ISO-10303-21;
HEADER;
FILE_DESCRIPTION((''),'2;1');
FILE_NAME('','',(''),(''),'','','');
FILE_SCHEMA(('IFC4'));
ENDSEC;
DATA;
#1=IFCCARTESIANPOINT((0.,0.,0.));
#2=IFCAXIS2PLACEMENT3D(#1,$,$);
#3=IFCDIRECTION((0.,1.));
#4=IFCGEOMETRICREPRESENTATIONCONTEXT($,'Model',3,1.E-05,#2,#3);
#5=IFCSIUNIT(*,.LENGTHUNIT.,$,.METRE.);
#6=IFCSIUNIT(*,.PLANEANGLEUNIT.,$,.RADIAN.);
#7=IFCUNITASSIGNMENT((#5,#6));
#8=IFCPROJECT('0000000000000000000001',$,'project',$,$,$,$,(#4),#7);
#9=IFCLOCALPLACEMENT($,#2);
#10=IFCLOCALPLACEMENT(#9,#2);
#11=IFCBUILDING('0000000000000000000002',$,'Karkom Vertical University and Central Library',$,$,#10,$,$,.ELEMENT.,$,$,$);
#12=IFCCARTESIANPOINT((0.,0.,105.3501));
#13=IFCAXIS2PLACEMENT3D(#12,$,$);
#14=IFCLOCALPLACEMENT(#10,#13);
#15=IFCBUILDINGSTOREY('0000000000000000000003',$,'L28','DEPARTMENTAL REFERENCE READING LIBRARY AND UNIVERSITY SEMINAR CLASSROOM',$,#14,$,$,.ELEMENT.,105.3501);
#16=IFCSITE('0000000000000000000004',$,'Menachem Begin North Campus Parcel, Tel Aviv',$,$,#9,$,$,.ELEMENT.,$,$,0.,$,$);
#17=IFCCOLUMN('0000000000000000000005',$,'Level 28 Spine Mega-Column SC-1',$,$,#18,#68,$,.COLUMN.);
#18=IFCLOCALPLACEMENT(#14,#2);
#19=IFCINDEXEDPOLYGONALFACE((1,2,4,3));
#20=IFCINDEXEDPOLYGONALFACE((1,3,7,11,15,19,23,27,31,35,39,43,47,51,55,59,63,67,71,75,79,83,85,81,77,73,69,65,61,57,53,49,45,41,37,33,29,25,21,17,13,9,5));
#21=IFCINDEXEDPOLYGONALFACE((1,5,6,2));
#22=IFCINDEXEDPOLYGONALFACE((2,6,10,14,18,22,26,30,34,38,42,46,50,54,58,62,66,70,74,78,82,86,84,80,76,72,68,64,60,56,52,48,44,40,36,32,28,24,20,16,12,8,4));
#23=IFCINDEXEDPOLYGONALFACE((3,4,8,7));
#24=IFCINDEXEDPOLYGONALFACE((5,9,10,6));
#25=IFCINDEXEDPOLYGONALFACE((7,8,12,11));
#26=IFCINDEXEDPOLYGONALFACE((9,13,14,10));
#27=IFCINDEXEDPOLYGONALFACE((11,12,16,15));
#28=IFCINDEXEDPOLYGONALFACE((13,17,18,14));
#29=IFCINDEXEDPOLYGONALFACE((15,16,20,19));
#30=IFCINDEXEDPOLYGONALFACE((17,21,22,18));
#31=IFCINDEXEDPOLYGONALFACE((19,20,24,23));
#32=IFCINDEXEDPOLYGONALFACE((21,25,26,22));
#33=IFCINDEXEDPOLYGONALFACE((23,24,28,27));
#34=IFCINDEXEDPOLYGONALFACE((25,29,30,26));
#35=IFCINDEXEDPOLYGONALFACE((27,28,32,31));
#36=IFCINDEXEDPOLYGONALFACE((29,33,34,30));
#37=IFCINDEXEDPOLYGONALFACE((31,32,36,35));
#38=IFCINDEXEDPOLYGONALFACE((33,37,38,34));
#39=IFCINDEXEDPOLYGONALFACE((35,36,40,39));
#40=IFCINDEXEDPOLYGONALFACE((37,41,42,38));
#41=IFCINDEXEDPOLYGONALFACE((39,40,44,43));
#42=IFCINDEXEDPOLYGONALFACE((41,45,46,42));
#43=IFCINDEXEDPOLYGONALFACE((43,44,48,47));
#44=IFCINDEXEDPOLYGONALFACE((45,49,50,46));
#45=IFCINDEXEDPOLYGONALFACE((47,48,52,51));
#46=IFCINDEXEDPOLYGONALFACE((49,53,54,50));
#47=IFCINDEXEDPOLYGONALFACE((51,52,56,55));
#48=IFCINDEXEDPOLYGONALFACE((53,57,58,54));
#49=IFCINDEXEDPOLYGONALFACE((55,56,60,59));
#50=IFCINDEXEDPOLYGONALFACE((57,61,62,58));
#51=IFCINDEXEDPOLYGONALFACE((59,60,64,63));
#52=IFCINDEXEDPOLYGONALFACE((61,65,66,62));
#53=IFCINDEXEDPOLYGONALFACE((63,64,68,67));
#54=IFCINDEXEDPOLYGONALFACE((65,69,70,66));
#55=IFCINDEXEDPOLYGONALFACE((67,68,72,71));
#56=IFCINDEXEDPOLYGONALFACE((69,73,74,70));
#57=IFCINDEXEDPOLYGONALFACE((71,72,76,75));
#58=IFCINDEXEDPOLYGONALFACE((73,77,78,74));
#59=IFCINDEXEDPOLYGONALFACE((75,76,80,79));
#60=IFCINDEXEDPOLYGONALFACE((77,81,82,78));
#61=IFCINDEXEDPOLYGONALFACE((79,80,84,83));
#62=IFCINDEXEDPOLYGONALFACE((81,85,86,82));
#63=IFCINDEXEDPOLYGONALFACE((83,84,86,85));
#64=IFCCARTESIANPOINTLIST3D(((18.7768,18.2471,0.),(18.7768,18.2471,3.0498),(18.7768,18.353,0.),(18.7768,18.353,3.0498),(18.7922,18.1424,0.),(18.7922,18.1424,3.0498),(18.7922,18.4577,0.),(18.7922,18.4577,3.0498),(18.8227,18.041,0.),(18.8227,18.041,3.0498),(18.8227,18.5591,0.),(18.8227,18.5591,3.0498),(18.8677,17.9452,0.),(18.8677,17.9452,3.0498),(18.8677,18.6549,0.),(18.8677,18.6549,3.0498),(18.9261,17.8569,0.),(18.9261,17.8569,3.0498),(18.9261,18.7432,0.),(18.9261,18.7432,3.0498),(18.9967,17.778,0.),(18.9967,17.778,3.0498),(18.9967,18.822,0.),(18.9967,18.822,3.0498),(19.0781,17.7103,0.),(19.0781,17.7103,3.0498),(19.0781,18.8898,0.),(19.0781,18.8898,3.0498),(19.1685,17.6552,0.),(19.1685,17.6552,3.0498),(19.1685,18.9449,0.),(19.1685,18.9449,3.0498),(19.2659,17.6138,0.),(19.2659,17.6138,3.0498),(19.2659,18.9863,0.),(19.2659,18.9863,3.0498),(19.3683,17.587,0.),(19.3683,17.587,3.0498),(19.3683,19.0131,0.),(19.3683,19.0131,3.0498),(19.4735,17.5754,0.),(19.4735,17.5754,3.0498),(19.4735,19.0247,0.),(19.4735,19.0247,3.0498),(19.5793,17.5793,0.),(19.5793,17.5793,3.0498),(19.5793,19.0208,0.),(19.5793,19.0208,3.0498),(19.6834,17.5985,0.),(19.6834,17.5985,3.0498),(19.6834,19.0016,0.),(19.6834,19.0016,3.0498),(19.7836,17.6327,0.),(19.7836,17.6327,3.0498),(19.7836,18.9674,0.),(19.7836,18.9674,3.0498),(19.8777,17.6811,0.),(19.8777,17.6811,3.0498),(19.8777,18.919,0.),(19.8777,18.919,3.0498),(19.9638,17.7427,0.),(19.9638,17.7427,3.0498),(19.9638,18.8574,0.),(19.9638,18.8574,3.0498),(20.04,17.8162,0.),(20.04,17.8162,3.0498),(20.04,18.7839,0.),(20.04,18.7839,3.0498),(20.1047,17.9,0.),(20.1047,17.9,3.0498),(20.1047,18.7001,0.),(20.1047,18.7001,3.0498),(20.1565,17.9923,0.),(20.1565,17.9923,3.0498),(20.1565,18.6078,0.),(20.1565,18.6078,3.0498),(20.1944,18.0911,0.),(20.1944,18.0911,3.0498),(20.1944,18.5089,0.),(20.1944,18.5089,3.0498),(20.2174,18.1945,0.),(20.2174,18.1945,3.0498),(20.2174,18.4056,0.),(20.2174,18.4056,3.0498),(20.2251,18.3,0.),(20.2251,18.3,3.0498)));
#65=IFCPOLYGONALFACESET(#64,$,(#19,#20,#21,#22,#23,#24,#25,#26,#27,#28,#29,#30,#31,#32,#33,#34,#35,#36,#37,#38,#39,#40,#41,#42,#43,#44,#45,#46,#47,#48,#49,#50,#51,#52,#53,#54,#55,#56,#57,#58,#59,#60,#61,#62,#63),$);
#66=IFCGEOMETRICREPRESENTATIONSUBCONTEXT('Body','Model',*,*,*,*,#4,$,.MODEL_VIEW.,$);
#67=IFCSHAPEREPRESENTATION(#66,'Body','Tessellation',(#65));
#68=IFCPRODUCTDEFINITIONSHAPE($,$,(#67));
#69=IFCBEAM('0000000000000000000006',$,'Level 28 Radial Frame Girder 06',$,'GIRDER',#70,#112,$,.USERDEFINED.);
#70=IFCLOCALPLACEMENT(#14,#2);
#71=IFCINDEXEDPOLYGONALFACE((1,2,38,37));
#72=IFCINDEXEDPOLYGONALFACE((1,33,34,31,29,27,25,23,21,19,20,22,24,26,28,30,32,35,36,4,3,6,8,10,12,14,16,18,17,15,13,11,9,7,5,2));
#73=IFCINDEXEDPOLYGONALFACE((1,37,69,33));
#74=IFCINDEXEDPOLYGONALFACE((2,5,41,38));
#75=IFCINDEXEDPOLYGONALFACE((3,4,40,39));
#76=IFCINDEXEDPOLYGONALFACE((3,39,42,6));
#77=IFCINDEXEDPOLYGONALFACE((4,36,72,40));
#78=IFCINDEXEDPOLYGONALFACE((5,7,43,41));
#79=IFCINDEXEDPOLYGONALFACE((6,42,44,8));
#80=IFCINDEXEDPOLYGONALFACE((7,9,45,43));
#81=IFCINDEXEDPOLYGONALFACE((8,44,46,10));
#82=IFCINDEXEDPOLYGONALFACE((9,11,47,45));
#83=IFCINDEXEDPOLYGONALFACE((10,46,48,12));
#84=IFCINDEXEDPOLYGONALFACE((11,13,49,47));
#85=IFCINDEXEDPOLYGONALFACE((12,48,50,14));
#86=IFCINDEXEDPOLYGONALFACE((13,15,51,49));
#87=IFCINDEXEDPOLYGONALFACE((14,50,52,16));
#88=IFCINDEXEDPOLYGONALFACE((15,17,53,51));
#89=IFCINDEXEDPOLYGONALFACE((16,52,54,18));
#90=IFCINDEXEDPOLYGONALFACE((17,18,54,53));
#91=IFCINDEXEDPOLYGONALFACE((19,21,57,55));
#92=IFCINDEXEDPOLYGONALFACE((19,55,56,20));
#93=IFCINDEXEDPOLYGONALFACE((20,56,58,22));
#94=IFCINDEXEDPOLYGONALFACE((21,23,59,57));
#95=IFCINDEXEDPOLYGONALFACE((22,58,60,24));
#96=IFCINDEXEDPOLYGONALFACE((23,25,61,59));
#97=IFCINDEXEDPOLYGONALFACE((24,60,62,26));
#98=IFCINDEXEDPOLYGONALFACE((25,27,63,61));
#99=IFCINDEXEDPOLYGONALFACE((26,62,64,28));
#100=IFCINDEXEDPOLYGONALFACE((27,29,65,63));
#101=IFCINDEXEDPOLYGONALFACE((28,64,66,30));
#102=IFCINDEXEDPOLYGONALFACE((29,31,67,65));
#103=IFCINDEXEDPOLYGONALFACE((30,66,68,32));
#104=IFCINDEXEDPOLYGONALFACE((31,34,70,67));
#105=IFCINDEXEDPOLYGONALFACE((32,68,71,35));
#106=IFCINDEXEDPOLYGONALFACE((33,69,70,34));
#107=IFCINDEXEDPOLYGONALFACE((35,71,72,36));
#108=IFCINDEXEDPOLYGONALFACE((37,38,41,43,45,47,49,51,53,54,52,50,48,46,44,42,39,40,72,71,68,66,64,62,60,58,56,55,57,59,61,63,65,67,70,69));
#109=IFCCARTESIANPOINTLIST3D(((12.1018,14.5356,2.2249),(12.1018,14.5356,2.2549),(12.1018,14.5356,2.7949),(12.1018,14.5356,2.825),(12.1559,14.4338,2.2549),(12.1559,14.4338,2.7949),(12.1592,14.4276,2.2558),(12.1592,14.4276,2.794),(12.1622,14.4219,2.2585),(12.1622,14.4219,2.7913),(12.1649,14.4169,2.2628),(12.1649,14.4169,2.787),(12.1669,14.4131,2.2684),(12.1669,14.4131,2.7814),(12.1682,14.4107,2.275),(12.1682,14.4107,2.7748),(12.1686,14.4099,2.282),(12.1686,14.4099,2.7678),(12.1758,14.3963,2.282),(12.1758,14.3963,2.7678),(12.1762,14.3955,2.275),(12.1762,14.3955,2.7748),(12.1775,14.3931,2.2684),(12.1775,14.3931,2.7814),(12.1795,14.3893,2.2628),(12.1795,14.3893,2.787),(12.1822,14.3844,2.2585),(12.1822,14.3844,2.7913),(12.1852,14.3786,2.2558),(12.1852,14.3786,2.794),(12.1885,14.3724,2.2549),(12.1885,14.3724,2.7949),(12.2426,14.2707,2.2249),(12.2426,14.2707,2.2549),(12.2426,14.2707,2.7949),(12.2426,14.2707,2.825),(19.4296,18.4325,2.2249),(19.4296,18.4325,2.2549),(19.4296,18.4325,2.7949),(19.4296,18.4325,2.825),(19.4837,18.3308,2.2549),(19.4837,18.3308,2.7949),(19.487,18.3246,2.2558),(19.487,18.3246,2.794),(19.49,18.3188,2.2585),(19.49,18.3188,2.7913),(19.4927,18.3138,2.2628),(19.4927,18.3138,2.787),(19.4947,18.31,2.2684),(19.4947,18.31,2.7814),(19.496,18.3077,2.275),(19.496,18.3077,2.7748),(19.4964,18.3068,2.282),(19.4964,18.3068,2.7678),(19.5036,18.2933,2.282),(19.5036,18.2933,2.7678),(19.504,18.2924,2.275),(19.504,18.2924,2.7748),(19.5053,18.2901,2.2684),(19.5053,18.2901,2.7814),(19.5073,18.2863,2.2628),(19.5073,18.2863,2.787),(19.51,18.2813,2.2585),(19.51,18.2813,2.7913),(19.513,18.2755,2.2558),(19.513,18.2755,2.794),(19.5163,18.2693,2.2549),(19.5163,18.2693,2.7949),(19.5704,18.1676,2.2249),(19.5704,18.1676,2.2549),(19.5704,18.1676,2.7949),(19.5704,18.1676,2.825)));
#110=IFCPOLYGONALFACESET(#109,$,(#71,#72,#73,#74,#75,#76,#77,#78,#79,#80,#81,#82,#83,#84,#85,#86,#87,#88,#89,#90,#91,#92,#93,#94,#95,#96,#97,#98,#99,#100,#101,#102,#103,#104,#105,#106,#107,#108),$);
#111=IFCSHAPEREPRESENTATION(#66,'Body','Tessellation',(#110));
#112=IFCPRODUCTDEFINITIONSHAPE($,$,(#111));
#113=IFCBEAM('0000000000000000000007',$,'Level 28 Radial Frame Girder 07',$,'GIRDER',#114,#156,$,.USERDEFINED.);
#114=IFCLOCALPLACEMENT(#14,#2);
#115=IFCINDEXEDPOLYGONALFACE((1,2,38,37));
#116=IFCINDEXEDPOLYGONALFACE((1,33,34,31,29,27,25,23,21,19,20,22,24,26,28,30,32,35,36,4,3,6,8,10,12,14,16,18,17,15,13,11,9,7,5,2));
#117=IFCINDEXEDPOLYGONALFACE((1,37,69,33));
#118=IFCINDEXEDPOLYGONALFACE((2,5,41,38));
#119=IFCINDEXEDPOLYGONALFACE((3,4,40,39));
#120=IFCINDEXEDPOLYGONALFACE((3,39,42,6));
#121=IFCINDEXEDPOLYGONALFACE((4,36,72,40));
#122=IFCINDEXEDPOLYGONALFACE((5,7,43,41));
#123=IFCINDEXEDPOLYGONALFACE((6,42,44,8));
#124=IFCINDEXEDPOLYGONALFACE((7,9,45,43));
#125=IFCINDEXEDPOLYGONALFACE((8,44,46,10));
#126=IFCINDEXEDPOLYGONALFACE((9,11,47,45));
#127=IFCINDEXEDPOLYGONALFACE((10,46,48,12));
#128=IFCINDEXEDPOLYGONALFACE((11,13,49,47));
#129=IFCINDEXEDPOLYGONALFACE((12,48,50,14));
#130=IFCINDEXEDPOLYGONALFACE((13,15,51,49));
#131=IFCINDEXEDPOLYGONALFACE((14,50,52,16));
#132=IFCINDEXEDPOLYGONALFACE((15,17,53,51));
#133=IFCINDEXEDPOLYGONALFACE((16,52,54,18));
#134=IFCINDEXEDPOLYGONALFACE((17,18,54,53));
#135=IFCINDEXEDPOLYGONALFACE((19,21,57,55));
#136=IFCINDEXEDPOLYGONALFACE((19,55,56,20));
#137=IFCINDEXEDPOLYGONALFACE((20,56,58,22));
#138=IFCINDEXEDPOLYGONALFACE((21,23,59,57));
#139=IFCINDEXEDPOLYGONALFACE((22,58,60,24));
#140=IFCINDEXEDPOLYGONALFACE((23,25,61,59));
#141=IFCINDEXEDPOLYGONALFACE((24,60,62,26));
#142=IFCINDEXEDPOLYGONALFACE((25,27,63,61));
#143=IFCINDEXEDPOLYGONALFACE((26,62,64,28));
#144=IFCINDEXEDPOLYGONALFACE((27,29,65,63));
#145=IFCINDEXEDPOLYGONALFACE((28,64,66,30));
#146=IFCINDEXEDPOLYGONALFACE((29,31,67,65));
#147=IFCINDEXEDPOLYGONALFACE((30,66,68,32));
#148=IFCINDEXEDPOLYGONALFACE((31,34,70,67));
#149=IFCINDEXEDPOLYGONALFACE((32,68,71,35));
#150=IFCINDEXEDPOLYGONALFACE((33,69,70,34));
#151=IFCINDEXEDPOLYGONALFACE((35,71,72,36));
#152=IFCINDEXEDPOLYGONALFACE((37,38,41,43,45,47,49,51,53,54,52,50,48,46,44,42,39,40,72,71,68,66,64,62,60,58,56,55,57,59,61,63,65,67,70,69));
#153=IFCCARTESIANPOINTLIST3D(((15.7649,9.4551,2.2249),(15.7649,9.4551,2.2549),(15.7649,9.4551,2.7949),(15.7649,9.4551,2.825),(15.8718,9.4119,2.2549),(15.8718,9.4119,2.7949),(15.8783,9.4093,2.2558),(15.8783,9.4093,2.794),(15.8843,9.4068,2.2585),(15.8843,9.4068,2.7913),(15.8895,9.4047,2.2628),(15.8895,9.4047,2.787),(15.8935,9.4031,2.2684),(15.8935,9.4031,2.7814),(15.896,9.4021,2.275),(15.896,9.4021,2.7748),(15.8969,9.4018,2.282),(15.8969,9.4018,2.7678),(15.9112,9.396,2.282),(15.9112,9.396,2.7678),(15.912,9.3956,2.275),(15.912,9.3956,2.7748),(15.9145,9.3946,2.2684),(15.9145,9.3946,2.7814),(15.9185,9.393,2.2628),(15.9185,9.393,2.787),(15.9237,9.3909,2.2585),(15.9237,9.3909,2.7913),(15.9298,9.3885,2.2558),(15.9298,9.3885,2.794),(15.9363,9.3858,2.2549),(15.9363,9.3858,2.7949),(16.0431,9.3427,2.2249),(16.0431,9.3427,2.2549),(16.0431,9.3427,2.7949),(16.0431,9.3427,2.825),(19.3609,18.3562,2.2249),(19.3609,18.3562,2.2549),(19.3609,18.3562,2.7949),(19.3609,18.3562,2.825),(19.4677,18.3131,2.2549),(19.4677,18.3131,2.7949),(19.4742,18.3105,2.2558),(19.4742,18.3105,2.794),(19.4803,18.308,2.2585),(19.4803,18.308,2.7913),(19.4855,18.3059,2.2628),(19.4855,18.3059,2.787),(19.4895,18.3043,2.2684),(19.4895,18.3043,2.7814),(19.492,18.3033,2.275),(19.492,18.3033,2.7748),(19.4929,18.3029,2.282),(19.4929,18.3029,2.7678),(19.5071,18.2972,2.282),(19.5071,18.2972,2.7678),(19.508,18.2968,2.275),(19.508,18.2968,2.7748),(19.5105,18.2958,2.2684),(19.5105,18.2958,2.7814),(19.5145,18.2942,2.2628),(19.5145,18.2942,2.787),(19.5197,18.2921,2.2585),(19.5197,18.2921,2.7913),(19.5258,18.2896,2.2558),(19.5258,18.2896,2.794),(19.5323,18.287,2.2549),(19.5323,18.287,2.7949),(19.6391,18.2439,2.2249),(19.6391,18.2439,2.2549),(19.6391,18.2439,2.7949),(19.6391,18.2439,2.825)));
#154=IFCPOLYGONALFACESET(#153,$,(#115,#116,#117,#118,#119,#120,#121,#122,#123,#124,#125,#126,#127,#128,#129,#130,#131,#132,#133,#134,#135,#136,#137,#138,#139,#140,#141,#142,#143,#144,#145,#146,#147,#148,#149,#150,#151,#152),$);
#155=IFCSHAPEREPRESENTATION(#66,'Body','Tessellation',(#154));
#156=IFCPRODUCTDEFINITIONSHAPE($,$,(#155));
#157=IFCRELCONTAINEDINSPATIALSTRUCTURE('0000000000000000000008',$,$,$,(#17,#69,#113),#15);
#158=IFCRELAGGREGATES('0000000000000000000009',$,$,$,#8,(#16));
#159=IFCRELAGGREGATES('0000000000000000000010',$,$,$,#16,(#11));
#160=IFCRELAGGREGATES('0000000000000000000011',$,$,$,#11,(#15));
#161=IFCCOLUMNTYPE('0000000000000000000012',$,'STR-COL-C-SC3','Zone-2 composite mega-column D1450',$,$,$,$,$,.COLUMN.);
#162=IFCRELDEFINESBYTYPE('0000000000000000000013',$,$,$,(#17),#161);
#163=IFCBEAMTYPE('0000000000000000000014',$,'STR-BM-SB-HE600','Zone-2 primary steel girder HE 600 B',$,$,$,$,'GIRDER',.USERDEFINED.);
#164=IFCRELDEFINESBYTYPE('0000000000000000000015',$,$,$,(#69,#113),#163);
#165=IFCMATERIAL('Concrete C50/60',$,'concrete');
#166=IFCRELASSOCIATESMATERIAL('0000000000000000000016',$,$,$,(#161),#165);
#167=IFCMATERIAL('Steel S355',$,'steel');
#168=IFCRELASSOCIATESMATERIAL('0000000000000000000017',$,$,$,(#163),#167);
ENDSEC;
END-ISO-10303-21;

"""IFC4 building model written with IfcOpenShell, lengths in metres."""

from ifc_helpers import new_model, si_unit, direction, frame, origin, origin_with_axes, origin_2d, place, context, subcontext, project, spatial, circle, i_section, extrude, source, transform, mapped, material, material_profile, profile_set, type_object, element, save


model = new_model("IFC4")

# Units and contexts
model_context = context("Model", 3, precision=1e-05, world=origin(), true_north=direction((0.0, 1.0)))
body_context = subcontext(model_context, "Body", "Model", "MODEL_VIEW")
ifc_project = project(units=[si_unit("LENGTHUNIT", "METRE"), si_unit("PLANEANGLEUNIT", "RADIAN")], contexts=[model_context])

# Site, building, storey
site_placement = place(None, origin())
site = spatial("IfcSite", under=ifc_project, at=site_placement, Name="Menachem Begin North Campus Parcel, Tel Aviv", CompositionType="ELEMENT", RefElevation=0.0)
building_placement = place(site_placement, origin())
building = spatial("IfcBuilding", under=site, at=building_placement, Name="Karkom Vertical University and Central Library", CompositionType="ELEMENT")
storey_placement = place(building_placement, frame((0.0, 0.0, 105.3501)))
storey = spatial("IfcBuildingStorey", under=building, at=storey_placement, Name="L28", Description="DEPARTMENTAL REFERENCE READING LIBRARY AND UNIVERSITY SEMINAR CLASSROOM", CompositionType="ELEMENT", Elevation=105.3501)

# Column
ifc_material_1 = material(Name="Concrete C50/60", Category="concrete")
ifc_material_profile_1 = material_profile(ifc_material_1, circle(Radius=0.7251, at=origin_2d()), Name="CFT-D1450")
ifc_profile_set_1 = profile_set([ifc_material_profile_1], Name="Concrete C50/60")
column_type = type_object("IfcColumnType", Name="STR-COL-C-SC3", Description="Zone-2 composite mega-column D1450", PredefinedType="COLUMN", material=ifc_profile_set_1)
shared_shape_1 = source(origin_with_axes(), body_context, "Body", "SweptSolid", [
    extrude(circle(Radius=0.7251, at=origin_2d()), origin(), (0.0, 0.0, 1.0), 3.0498),
])
column_placement = place(storey_placement, frame((19.5, 18.3, 0.0), z_axis=(0.0, 0.0, 1.0), x_axis=(1.0, 0.0, 0.0)))
element("IfcColumn", 1, at=column_placement, inside=storey, type_object=column_type, Name="Level 28 Spine Mega-Column SC-1", PredefinedType="COLUMN", context=body_context, shape_type="MappedRepresentation", body=[
    mapped(shared_shape_1, transform((0.0, 0.0, 0.0), scale=1.0)),
])

# Beams
ifc_material_2 = material(Name="Steel S355", Category="steel")
ifc_material_profile_2 = material_profile(ifc_material_2, i_section(OverallWidth=0.3, OverallDepth=0.6001, WebThickness=0.0154, FlangeThickness=0.03, FilletRadius=0.0271, at=origin_2d()), Name="HE 600 B")
ifc_profile_set_2 = profile_set([ifc_material_profile_2], Name="Steel S355")
beam_type = type_object("IfcBeamType", Name="STR-BM-SB-HE600", Description="Zone-2 primary steel girder HE 600 B", ElementType="GIRDER", PredefinedType="USERDEFINED", material=ifc_profile_set_2)
shared_shape_2 = source(origin_with_axes(), body_context, "Body", "SweptSolid", [
    extrude(i_section(OverallWidth=0.3, OverallDepth=0.6001, WebThickness=0.0154, FlangeThickness=0.03, FilletRadius=0.0271, at=origin_2d()), origin(), (0.0, 0.0, 1.0), 8.2996),
])
beam_1_placement = place(storey_placement, frame((19.5, 18.3, 2.5249), z_axis=(-0.882914, -0.469534, 0.0), x_axis=(0.469534, -0.882914, 0.0)))
element("IfcBeam", 2, at=beam_1_placement, inside=storey, type_object=beam_type, Name="Level 28 Radial Frame Girder 06", ObjectType="GIRDER", PredefinedType="USERDEFINED", context=body_context, shape_type="MappedRepresentation", body=[
    mapped(shared_shape_2, transform((0.0, 0.0, 0.0), scale=1.0)),
])
shared_shape_3 = source(origin_with_axes(), body_context, "Body", "SweptSolid", [
    extrude(i_section(OverallWidth=0.3, OverallDepth=0.6001, WebThickness=0.0154, FlangeThickness=0.03, FilletRadius=0.0271, at=origin_2d()), origin(), (0.0, 0.0, 1.0), 9.6001),
])
beam_2_placement = place(storey_placement, frame((19.5, 18.3, 2.5249), z_axis=(-0.374576, -0.927196, 0.0), x_axis=(0.927196, -0.374576, 0.0)))
element("IfcBeam", 3, at=beam_2_placement, inside=storey, type_object=beam_type, Name="Level 28 Radial Frame Girder 07", ObjectType="GIRDER", PredefinedType="USERDEFINED", context=body_context, shape_type="MappedRepresentation", body=[
    mapped(shared_shape_3, transform((0.0, 0.0, 0.0), scale=1.0)),
])

save(model, "model.ifc")
